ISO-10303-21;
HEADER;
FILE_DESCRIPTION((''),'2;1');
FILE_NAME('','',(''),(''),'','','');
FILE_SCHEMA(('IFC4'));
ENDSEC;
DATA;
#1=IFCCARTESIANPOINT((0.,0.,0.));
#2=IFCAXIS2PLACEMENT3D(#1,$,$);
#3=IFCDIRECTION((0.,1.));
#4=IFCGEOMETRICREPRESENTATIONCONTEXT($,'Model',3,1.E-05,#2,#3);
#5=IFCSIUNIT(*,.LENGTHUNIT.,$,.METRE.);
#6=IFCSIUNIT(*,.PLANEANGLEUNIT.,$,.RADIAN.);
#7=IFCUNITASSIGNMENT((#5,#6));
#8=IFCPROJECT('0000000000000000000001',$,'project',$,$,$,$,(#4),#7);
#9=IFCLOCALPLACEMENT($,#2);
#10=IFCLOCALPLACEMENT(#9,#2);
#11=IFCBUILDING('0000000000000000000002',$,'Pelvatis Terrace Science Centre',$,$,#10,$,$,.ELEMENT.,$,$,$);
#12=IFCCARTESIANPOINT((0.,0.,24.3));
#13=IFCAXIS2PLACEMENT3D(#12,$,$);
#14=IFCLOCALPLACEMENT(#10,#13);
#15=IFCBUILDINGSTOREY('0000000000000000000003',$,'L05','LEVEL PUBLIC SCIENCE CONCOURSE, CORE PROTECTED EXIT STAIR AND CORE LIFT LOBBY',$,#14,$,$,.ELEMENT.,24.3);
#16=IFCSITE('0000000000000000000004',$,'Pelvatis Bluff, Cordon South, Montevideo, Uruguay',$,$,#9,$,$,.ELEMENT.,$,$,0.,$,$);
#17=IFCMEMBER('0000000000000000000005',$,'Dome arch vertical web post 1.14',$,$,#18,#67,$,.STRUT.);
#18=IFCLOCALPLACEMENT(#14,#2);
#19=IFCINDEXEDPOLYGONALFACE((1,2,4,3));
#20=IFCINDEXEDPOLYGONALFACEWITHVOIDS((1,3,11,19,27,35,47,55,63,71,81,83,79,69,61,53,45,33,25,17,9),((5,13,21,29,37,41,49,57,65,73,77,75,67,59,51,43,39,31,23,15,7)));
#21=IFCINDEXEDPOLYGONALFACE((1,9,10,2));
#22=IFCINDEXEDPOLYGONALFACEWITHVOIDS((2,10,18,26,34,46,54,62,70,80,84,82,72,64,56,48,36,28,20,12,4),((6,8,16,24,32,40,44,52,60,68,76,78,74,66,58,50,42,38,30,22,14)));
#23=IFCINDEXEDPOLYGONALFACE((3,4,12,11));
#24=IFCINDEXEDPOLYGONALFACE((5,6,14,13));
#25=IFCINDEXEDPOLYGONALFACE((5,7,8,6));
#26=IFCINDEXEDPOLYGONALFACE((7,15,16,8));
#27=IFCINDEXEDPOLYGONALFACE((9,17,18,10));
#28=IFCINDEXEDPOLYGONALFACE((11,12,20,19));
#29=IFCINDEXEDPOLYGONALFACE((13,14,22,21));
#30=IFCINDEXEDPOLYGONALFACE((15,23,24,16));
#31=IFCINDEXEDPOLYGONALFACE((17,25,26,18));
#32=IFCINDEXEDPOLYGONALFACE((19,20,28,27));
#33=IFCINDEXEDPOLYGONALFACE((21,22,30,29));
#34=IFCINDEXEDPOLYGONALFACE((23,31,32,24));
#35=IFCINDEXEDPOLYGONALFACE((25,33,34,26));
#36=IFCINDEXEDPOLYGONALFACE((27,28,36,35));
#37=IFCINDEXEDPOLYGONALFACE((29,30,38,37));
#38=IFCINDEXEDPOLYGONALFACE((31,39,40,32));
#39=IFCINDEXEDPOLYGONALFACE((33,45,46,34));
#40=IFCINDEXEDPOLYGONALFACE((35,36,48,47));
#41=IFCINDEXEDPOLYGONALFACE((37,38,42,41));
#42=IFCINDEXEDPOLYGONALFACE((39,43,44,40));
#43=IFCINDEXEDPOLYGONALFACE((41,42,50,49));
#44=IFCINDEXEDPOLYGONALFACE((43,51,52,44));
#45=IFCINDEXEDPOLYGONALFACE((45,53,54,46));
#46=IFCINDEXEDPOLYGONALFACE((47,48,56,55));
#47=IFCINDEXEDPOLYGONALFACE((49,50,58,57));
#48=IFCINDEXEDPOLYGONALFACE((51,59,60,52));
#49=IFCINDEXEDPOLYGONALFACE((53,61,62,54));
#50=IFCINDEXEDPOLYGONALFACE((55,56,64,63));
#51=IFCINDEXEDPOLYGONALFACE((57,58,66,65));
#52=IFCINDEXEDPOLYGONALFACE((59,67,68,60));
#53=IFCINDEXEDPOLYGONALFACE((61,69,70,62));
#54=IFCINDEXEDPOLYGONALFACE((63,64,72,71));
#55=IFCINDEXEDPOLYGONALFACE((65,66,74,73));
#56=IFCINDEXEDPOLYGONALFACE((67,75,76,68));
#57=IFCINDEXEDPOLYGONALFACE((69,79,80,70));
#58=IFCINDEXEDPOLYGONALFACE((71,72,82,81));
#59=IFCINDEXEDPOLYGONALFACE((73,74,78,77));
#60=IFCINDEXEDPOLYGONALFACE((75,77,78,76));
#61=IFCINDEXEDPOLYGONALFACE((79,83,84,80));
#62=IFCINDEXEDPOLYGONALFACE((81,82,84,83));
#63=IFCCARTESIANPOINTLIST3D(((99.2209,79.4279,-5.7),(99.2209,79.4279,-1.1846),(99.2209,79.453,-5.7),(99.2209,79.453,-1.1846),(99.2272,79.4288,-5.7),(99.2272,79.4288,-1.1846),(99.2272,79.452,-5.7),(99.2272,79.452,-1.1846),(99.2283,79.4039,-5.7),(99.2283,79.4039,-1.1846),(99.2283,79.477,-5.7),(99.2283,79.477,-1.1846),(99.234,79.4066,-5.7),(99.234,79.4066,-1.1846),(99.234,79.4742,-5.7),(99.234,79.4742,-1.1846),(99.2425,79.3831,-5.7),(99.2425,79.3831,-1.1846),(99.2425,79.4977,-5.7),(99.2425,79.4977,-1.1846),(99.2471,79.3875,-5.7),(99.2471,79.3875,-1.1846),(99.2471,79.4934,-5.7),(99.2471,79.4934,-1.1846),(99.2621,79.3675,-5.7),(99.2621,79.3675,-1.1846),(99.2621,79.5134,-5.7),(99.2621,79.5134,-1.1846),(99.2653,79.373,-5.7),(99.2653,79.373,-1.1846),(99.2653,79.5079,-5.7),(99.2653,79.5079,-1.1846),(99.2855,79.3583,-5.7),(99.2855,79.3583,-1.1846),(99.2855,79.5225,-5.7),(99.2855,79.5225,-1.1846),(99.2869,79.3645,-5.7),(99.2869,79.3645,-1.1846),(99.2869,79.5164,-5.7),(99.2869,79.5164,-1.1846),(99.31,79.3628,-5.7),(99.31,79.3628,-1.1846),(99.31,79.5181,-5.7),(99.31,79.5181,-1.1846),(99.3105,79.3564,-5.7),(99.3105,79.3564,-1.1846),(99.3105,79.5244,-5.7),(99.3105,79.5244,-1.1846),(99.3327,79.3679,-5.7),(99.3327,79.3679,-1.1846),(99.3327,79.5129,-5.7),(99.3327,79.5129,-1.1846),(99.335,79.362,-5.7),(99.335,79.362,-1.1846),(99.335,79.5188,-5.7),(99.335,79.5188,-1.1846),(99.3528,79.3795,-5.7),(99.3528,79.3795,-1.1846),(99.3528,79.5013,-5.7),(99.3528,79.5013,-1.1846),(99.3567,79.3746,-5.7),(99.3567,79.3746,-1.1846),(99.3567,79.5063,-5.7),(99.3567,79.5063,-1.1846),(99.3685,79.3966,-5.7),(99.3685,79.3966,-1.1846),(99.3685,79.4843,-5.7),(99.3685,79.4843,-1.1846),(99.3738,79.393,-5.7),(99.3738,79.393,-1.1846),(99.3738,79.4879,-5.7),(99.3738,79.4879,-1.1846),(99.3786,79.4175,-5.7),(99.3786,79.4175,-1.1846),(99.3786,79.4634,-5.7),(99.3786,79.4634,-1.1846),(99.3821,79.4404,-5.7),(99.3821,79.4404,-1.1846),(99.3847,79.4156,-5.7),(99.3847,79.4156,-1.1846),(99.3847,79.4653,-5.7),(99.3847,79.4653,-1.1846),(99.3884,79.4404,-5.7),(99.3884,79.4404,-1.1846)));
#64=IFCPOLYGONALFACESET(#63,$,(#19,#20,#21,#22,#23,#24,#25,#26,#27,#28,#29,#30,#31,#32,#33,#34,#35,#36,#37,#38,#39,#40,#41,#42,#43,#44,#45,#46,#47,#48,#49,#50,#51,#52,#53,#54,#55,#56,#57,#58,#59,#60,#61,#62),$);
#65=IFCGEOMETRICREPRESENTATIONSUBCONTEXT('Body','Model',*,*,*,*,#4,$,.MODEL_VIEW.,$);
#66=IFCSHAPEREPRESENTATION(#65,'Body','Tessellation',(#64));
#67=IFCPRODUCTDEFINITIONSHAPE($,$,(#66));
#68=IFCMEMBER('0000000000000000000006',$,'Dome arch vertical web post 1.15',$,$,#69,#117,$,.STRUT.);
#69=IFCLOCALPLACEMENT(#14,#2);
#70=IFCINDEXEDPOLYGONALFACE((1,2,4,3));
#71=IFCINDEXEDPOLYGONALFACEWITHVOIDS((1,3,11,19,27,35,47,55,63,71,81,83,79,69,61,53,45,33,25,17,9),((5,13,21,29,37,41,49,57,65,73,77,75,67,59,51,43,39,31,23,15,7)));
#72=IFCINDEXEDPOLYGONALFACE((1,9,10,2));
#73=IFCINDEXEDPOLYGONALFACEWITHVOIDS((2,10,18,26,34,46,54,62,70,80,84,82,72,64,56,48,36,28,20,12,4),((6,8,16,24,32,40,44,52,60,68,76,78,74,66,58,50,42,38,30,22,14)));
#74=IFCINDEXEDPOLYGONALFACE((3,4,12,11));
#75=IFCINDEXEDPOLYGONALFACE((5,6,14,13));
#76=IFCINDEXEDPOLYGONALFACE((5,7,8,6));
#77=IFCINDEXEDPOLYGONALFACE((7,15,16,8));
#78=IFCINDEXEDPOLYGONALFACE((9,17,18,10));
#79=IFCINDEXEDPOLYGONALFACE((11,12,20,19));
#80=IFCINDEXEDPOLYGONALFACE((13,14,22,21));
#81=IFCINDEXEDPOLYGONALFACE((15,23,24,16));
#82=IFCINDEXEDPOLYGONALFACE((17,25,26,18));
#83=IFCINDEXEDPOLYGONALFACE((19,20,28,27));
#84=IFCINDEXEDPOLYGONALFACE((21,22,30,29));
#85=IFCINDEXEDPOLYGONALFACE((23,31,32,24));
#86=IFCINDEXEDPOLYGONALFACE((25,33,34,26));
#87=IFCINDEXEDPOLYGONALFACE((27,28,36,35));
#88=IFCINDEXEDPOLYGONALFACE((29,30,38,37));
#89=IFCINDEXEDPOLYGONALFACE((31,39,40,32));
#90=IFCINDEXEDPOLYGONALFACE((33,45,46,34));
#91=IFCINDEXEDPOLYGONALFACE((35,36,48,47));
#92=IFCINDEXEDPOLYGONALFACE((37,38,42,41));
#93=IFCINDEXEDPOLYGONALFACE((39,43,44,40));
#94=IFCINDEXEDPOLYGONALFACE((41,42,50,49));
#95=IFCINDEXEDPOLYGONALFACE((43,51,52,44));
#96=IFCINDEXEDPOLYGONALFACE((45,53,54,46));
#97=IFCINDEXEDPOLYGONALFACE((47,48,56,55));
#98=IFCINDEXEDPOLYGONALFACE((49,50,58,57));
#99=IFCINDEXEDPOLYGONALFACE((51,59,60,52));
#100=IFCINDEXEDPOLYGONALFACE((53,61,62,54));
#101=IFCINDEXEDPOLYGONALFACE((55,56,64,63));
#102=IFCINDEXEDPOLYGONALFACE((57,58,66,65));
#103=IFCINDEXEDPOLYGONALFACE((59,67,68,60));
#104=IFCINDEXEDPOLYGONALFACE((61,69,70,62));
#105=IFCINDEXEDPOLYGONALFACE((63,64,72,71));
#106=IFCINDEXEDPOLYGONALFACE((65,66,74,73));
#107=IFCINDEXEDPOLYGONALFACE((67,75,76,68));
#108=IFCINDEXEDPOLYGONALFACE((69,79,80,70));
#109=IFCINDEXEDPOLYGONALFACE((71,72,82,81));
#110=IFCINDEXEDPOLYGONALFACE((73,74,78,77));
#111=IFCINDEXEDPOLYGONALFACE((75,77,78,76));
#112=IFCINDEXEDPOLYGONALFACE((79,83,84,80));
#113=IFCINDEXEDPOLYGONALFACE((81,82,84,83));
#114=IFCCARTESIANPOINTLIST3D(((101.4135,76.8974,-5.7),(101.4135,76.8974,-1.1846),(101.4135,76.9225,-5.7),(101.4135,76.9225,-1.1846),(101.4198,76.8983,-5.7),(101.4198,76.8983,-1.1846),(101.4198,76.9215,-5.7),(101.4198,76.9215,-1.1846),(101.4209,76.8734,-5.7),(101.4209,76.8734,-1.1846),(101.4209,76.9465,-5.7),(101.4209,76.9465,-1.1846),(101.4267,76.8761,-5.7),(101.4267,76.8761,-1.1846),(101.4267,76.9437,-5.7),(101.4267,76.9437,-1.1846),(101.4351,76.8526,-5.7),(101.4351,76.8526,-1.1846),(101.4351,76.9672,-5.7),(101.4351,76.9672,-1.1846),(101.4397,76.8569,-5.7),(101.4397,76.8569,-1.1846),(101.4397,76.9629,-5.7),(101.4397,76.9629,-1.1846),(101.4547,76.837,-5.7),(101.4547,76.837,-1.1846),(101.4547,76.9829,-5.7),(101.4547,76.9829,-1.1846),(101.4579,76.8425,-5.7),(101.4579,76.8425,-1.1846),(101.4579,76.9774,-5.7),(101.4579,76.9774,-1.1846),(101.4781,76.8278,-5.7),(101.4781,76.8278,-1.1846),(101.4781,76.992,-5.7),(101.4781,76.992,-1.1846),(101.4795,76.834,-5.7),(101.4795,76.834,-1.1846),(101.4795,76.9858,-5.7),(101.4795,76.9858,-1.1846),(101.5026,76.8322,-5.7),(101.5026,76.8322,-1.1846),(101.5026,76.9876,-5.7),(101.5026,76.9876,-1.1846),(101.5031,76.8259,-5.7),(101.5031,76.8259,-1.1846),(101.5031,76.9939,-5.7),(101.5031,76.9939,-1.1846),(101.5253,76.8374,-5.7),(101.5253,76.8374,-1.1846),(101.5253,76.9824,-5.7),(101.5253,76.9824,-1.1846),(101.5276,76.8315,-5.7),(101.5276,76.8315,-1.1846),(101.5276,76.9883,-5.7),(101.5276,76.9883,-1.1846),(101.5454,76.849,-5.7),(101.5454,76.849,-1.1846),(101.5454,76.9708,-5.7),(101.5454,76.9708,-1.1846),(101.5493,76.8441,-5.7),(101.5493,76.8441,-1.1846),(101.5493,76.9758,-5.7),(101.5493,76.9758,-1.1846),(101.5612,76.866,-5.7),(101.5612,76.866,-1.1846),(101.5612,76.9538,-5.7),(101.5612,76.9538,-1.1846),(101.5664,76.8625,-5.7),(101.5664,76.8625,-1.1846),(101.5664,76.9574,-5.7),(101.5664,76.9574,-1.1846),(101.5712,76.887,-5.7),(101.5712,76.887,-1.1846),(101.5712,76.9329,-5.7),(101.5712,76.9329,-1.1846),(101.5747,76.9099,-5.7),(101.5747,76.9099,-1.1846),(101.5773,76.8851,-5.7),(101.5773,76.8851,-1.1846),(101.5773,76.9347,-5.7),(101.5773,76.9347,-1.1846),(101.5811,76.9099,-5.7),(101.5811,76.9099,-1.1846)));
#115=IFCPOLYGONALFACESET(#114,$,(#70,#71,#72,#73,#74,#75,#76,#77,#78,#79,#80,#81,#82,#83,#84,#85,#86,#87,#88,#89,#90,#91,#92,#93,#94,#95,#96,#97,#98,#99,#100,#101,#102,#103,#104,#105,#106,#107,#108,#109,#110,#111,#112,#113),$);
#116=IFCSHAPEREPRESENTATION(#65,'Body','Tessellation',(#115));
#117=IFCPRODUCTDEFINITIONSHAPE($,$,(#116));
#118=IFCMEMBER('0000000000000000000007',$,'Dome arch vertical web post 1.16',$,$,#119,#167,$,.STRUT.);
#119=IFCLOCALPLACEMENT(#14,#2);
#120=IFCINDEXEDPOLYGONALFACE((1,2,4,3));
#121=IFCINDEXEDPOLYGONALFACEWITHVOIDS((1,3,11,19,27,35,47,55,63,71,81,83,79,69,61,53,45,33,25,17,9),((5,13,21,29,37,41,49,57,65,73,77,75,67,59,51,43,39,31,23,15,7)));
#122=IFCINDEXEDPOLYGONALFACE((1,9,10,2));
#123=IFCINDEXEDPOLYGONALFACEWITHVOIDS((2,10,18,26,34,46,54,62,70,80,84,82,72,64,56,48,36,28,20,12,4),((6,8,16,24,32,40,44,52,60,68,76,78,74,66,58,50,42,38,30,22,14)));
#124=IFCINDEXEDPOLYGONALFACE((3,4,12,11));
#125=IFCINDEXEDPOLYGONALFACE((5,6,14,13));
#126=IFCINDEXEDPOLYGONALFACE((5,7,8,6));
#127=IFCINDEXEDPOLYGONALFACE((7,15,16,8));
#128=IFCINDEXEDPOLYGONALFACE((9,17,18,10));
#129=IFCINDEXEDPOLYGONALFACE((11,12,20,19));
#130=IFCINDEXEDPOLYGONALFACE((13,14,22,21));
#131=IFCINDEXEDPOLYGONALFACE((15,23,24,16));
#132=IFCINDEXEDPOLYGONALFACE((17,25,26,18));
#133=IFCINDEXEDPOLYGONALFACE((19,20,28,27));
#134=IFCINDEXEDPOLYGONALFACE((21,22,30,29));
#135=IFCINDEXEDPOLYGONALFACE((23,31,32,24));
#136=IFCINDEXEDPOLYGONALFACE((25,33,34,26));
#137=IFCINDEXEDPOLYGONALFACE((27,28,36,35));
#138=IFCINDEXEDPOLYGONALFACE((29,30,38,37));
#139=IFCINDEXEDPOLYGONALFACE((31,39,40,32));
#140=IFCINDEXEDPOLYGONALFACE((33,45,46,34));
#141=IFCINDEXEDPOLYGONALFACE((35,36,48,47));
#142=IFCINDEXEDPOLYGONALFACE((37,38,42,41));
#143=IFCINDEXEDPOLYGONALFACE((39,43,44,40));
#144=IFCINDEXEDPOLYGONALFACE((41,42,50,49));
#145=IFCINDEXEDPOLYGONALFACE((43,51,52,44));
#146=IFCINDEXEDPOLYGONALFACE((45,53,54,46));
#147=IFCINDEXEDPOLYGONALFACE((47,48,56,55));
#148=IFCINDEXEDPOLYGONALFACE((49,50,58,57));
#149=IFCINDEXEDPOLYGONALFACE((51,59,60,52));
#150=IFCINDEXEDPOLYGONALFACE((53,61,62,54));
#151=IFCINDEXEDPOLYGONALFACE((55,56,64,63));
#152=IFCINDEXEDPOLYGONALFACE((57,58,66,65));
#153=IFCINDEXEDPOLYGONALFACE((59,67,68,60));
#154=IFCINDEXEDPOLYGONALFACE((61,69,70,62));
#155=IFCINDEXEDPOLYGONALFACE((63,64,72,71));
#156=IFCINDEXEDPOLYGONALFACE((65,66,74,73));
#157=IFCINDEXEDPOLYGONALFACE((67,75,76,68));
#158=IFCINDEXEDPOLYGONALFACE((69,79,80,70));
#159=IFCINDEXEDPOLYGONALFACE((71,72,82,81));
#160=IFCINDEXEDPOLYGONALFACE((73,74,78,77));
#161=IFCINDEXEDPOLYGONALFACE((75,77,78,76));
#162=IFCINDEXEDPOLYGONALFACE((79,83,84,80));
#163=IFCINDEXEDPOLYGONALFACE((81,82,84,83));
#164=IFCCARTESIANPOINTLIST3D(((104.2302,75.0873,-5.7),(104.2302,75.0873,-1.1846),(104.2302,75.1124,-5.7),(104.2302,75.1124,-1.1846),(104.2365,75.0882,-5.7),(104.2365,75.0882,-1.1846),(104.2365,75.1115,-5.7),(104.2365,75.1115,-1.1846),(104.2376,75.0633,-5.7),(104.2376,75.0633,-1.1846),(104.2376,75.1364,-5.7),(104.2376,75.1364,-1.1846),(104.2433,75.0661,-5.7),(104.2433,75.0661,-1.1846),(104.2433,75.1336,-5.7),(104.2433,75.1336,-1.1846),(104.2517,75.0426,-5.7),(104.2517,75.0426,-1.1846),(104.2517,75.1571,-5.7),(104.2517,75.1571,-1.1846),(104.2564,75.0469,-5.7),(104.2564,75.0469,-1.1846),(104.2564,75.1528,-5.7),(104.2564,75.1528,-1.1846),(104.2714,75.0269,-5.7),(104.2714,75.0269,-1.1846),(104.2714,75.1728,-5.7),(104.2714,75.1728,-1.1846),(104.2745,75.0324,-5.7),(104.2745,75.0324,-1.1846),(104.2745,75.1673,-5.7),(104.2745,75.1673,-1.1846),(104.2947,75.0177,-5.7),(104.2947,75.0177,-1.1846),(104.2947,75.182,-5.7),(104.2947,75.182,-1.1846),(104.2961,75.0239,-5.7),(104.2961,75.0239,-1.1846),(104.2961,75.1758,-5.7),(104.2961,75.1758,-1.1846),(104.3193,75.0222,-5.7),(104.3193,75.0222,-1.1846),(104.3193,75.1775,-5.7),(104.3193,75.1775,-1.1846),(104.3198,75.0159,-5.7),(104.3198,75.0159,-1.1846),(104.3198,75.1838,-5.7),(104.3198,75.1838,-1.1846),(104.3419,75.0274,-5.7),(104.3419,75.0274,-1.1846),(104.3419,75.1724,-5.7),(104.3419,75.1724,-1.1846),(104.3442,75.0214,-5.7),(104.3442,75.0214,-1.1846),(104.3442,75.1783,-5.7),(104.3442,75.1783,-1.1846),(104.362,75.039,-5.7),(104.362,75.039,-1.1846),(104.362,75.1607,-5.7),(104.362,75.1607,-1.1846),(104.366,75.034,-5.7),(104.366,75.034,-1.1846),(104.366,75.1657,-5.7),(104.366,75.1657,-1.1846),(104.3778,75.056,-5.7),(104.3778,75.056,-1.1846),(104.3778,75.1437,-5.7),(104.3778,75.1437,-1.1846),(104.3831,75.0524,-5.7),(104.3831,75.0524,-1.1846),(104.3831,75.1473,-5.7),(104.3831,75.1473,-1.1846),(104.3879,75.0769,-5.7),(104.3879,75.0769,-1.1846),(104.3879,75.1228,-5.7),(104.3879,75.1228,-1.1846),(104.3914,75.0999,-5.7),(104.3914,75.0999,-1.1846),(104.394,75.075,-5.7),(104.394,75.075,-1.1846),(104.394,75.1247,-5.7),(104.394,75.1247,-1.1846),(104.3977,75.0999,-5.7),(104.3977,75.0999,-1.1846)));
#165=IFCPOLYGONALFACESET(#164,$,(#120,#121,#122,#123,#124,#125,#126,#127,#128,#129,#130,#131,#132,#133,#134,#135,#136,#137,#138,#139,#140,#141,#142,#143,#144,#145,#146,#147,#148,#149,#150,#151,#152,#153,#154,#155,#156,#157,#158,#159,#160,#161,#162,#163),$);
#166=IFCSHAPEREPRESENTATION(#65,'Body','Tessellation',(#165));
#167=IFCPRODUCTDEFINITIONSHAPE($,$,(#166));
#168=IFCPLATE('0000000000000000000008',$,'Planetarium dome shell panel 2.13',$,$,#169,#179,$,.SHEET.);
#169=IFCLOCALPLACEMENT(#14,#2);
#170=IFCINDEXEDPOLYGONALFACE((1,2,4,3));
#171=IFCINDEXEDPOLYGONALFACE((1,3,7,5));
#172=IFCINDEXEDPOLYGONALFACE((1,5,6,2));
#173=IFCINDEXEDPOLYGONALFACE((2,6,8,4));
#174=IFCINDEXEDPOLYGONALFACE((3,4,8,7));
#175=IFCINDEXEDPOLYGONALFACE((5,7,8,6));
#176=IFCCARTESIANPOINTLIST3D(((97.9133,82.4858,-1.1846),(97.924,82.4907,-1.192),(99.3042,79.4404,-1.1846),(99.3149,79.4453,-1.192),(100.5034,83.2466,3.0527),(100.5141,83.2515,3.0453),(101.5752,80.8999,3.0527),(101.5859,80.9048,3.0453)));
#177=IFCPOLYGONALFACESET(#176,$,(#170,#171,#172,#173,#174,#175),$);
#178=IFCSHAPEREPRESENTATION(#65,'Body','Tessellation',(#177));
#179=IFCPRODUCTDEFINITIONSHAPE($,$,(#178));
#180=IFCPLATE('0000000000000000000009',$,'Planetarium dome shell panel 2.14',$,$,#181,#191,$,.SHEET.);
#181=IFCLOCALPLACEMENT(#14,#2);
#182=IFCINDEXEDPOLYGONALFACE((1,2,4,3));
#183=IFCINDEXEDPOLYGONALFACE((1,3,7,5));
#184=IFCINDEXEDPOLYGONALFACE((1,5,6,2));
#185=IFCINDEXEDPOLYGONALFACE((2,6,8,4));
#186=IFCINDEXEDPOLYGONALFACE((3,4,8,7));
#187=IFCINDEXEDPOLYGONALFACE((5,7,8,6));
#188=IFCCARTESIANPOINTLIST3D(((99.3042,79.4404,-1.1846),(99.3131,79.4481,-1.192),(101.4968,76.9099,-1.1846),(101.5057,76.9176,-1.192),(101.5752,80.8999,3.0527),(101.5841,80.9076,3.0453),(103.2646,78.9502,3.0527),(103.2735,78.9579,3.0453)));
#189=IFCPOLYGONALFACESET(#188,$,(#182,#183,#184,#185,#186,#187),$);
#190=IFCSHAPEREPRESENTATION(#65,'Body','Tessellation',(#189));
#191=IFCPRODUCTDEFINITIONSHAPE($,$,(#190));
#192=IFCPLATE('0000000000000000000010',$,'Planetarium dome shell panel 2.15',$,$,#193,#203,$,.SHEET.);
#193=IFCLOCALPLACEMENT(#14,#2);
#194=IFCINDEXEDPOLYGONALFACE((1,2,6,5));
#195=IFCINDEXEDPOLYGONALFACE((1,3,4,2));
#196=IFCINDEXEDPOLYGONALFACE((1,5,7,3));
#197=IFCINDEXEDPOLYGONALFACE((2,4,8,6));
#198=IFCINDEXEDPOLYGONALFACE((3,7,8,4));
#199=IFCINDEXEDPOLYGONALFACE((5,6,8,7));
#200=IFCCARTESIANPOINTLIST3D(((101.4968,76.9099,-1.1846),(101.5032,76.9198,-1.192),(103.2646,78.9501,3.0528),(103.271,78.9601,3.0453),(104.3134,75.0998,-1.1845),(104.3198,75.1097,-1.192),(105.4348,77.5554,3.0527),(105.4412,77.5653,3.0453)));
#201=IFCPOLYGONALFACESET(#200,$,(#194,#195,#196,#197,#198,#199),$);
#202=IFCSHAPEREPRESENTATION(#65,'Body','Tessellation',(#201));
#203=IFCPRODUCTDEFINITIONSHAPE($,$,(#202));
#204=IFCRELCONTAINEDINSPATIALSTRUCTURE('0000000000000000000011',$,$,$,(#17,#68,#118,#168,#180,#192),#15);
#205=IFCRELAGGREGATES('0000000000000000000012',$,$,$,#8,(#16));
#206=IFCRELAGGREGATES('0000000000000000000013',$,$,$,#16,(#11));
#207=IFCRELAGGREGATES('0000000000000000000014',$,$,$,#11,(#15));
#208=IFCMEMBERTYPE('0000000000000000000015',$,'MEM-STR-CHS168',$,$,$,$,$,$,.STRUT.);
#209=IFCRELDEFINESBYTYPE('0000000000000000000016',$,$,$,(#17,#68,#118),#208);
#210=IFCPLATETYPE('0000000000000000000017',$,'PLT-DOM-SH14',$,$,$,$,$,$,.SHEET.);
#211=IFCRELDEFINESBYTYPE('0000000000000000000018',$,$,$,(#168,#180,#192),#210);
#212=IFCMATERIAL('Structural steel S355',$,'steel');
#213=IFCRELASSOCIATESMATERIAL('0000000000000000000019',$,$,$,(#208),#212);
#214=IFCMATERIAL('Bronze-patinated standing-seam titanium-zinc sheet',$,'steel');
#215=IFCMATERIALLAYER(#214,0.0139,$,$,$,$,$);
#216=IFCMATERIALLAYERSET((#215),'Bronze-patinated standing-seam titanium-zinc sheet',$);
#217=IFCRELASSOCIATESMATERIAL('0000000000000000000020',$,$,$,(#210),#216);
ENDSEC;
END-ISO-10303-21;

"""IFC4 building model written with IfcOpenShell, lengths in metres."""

from ifc_helpers import new_model, si_unit, direction, frame, origin, origin_2d, place, context, subcontext, project, spatial, polyline, hollow_circle, outline, extrude, material, layer, layer_set, material_profile, profile_set, type_object, element, save


model = new_model("IFC4")

# Units and contexts
model_context = context("Model", 3, precision=1e-05, world=origin(), true_north=direction((0.0, 1.0)))
body_context = subcontext(model_context, "Body", "Model", "MODEL_VIEW")
ifc_project = project(units=[si_unit("LENGTHUNIT", "METRE"), si_unit("PLANEANGLEUNIT", "RADIAN")], contexts=[model_context])

# Site, building, storey
site_placement = place(None, origin())
site = spatial("IfcSite", under=ifc_project, at=site_placement, Name="Pelvatis Bluff, Cordon South, Montevideo, Uruguay", CompositionType="ELEMENT", RefElevation=0.0)
building_placement = place(site_placement, origin())
building = spatial("IfcBuilding", under=site, at=building_placement, Name="Pelvatis Terrace Science Centre", CompositionType="ELEMENT")
storey_placement = place(building_placement, frame((0.0, 0.0, 24.3)))
storey = spatial("IfcBuildingStorey", under=building, at=storey_placement, Name="L05", Description="LEVEL PUBLIC SCIENCE CONCOURSE, CORE PROTECTED EXIT STAIR AND CORE LIFT LOBBY", CompositionType="ELEMENT", Elevation=24.3)

# Members
ifc_material_1 = material(Name="Structural steel S355", Category="steel")
ifc_material_profile_1 = material_profile(ifc_material_1, hollow_circle(Radius=0.0842, WallThickness=0.0063, at=origin_2d()), Name="CHS 168.3x6.3")
ifc_profile_set_1 = profile_set([ifc_material_profile_1], Name="Structural steel S355")
member_type_1 = type_object("IfcMemberType", Name="MEM-STR-CHS168", PredefinedType="STRUT", material=ifc_profile_set_1)
for number, where, z_axis, x_axis, name in (
    (1, (99.3042, 79.4404, -5.7), (0.0, 0.0, 1.0), (1.0, 0.0, 0.0), "Dome arch vertical web post 1.14"),
    (2, (101.4968, 76.9099, -5.7), (0.0, 0.0, 1.0), (1.0, 0.0, 0.0), "Dome arch vertical web post 1.15"),
    (3, (104.3135, 75.0999, -5.7), (0.0, 0.0, 1.0), (1.0, 0.0, 0.0), "Dome arch vertical web post 1.16"),
):
    element("IfcMember", number, at=place(storey_placement, frame(where, z_axis=z_axis, x_axis=x_axis)), inside=storey, type_object=member_type_1, Name=name, PredefinedType="STRUT", context=body_context, shape_type="SweptSolid", body=[
        extrude(hollow_circle(Radius=0.0842, WallThickness=0.0063, at=origin_2d()), origin(), (0.0, 0.0, 1.0), 4.5154),
    ])

# Plates
ifc_material_2 = material(Name="Bronze-patinated standing-seam titanium-zinc sheet", Category="steel")
ifc_layer_1 = layer(ifc_material_2, 0.0139)
ifc_layer_set_1 = layer_set([ifc_layer_1], Name="Bronze-patinated standing-seam titanium-zinc sheet")
plate_type_1 = type_object("IfcPlateType", Name="PLT-DOM-SH14", PredefinedType="SHEET", material=ifc_layer_set_1)
plate_1_placement = place(storey_placement, frame((97.9133, 82.4858, -1.1846), z_axis=(-0.769414, -0.351403, 0.533402), x_axis=(0.415437, -0.909622, -0.000002)))
element("IfcPlate", 4, at=plate_1_placement, inside=storey, type_object=plate_type_1, Name="Planetarium dome shell panel 2.13", PredefinedType="SHEET", context=body_context, shape_type="SweptSolid", body=[
    extrude(outline(polyline([(0.0, 0.0), (3.348, 0.0), (2.9639, 5.0095), (0.384, 5.0094), (0.0, 0.0)])), origin(), (0.0, 0.0, -1.0), 0.0139),
])
plate_2_placement = place(storey_placement, frame((99.3042, 79.4404, -1.1846), z_axis=(-0.639261, -0.553915, 0.533408), x_axis=(0.654853, -0.755756, -0.000005)))
element("IfcPlate", 5, at=plate_2_placement, inside=storey, type_object=plate_type_1, Name="Planetarium dome shell panel 2.14", PredefinedType="SHEET", context=body_context, shape_type="SweptSolid", body=[
    extrude(outline(polyline([(0.0, 0.0), (3.3483, 0.0), (2.964, 5.0095), (0.3841, 5.0095), (0.0, 0.0)])), origin(), (0.0, 0.0, -1.0), 0.0139),
])
plate_3_placement = place(storey_placement, frame((101.4968, 76.9099, -1.1846), z_axis=(-0.457307, -0.711583, 0.533405), x_axis=(0.841257, -0.540635, 0.000011)))
element("IfcPlate", 6, at=plate_3_placement, inside=storey, type_object=plate_type_1, Name="Planetarium dome shell panel 2.15", PredefinedType="SHEET", context=body_context, shape_type="SweptSolid", body=[
    extrude(outline(polyline([(0.0, 0.0), (3.3481, 0.0), (2.9639, 5.0094), (0.3842, 5.0095), (0.0, 0.0)])), origin(), (0.0, 0.0, -1.0), 0.0139),
])

save(model, "model.ifc")
